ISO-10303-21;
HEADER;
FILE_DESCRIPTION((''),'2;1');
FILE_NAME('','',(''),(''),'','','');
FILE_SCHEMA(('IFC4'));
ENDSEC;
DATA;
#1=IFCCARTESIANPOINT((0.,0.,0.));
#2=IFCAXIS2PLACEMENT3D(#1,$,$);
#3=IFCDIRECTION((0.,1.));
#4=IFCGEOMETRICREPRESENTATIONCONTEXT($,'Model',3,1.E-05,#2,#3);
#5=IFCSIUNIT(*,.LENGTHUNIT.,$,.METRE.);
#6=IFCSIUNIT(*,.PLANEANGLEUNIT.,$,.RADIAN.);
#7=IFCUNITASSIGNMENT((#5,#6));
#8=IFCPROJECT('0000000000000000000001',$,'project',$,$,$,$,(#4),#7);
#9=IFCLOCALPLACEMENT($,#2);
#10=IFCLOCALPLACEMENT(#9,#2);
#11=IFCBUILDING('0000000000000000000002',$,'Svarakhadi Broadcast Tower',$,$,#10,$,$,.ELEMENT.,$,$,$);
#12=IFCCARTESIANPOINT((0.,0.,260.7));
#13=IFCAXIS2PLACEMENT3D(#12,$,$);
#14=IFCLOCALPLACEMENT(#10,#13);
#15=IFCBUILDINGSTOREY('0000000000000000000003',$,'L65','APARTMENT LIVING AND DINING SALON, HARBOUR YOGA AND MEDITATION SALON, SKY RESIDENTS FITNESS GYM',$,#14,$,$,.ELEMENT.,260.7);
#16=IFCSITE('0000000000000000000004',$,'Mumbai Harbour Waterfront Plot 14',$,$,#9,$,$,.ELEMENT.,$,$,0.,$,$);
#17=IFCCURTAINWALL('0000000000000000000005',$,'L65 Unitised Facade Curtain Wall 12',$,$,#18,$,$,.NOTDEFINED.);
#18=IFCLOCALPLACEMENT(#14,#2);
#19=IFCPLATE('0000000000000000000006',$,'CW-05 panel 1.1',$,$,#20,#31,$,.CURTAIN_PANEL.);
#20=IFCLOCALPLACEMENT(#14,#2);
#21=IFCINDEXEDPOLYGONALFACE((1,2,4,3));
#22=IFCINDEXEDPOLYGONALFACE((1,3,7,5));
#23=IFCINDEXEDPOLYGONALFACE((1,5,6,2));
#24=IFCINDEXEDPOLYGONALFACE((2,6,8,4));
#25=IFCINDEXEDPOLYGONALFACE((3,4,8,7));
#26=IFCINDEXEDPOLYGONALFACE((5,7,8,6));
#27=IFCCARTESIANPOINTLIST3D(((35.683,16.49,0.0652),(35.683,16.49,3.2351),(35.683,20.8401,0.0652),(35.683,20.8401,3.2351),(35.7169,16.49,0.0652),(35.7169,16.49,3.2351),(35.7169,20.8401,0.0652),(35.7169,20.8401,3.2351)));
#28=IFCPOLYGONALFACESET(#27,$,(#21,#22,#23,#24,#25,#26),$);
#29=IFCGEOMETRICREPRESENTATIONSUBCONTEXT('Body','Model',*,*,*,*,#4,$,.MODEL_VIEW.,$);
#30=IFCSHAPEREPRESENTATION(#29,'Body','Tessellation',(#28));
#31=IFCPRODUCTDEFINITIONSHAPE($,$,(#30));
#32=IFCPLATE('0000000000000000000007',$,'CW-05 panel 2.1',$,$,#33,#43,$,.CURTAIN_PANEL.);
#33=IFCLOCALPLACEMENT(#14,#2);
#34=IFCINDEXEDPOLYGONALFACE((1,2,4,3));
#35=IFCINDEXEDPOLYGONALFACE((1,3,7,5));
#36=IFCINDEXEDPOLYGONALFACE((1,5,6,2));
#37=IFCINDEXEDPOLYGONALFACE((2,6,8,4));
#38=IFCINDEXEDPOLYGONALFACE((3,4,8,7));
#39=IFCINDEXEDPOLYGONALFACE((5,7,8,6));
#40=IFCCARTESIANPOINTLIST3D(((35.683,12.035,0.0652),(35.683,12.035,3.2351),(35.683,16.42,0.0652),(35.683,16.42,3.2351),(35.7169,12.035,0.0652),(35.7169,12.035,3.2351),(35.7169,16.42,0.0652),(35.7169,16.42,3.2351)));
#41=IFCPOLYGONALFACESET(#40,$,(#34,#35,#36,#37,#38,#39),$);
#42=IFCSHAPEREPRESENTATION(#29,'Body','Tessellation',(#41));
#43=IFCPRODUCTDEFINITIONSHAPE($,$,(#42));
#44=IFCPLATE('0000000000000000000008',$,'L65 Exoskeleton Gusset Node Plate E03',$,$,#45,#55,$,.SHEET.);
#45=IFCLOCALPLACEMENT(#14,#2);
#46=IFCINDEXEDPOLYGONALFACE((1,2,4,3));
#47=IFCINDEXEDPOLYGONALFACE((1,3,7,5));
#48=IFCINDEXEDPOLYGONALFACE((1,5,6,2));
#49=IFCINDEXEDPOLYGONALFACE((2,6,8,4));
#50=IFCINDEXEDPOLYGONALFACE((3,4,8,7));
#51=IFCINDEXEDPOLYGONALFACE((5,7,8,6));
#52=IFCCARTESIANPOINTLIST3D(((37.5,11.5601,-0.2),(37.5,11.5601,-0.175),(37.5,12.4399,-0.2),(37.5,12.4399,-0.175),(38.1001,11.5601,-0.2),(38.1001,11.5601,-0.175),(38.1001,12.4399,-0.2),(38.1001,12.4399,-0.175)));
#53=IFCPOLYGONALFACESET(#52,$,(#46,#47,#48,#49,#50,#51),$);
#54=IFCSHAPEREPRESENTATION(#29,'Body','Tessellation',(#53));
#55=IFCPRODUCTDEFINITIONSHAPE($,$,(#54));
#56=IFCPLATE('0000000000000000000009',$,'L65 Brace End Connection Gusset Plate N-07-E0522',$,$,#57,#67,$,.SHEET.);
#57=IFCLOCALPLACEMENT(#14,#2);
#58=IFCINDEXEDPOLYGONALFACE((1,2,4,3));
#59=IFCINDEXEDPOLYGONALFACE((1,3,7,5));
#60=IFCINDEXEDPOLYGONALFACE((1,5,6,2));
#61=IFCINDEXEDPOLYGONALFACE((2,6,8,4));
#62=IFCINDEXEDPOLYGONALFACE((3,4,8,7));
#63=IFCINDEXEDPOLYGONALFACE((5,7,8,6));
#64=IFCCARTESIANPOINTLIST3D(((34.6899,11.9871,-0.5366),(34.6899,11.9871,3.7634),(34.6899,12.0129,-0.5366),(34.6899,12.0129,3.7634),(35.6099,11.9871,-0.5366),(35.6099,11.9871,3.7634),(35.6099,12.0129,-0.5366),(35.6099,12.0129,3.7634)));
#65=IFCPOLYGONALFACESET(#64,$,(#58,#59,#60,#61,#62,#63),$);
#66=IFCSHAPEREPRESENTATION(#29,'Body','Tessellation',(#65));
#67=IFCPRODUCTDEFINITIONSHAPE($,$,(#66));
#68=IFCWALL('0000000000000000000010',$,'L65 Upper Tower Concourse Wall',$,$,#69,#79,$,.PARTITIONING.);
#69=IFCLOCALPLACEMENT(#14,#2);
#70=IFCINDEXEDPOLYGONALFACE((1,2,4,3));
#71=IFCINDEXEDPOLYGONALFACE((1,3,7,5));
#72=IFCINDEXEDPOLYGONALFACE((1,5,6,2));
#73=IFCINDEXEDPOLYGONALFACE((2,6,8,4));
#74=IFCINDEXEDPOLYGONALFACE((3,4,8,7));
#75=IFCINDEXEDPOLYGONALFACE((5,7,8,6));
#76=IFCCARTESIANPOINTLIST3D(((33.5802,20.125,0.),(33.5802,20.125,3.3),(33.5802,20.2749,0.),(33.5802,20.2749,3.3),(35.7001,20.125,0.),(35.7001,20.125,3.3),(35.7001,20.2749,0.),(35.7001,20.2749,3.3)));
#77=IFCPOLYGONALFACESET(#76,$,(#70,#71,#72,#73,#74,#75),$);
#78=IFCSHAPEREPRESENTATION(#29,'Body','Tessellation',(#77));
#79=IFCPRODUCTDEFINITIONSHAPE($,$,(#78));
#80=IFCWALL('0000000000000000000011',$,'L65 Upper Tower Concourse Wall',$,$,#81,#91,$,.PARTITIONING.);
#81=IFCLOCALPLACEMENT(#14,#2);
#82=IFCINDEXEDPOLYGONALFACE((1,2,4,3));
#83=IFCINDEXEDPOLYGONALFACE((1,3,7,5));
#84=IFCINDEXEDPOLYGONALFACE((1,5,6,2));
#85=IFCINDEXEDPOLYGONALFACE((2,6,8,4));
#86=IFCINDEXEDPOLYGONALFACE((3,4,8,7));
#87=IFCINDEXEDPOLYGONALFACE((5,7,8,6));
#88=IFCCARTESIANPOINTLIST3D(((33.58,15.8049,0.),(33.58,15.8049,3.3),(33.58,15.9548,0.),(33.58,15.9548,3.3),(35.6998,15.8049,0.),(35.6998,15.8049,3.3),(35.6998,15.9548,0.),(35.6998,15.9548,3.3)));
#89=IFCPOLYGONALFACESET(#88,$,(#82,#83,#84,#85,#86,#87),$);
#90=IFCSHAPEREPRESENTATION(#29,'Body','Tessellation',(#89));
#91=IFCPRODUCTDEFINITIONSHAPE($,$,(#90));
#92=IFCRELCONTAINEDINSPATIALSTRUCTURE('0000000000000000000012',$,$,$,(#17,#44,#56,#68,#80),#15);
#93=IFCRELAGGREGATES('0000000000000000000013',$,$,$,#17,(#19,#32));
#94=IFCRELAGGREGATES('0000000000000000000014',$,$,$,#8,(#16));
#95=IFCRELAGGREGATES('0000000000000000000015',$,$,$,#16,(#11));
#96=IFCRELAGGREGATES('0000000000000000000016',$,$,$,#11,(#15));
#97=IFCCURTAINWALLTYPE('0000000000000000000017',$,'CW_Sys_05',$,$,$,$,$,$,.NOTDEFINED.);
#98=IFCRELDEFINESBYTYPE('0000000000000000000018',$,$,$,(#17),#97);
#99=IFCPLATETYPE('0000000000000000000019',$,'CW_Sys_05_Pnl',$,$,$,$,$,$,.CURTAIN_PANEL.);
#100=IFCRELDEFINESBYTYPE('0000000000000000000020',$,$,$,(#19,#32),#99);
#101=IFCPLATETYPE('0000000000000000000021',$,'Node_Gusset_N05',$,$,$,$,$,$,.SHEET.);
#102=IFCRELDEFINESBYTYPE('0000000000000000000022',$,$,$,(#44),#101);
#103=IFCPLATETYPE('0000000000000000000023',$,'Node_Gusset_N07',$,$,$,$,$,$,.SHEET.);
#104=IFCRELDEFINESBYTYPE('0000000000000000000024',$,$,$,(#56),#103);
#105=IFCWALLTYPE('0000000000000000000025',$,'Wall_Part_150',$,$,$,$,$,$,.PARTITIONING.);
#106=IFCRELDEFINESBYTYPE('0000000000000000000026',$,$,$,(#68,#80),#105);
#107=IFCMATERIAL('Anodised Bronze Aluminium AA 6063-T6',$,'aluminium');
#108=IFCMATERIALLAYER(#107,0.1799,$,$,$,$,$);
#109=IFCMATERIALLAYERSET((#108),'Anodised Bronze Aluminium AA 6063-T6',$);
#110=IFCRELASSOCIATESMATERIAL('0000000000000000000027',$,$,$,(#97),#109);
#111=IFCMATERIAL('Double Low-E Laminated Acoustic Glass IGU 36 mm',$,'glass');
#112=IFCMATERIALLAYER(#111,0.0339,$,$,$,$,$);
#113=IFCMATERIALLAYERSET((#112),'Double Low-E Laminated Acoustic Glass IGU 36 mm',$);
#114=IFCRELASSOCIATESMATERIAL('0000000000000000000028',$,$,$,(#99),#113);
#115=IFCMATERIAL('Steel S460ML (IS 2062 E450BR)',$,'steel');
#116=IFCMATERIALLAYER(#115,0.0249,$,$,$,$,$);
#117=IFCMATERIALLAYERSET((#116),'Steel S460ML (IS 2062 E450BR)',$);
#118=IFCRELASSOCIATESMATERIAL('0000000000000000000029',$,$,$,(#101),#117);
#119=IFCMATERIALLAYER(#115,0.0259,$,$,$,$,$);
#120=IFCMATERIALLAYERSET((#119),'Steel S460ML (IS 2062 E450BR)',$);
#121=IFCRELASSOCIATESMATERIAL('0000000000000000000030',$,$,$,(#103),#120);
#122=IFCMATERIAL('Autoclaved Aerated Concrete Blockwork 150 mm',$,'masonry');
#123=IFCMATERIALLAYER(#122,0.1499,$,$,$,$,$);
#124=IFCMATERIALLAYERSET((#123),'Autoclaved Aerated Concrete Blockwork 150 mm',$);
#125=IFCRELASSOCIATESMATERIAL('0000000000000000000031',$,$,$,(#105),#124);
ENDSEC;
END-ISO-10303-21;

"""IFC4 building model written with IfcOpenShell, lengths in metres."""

from ifc_helpers import new_model, si_unit, direction, frame, frame_2d, origin, origin_2d, place, context, subcontext, project, spatial, rectangle, extrude, material, layer, layer_set, type_object, element, aggregate, save


model = new_model("IFC4")

# Units and contexts
model_context = context("Model", 3, precision=1e-05, world=origin(), true_north=direction((0.0, 1.0)))
body_context = subcontext(model_context, "Body", "Model", "MODEL_VIEW")
ifc_project = project(units=[si_unit("LENGTHUNIT", "METRE"), si_unit("PLANEANGLEUNIT", "RADIAN")], contexts=[model_context])

# Site, building, storey
site_placement = place(None, origin())
site = spatial("IfcSite", under=ifc_project, at=site_placement, Name="Mumbai Harbour Waterfront Plot 14", CompositionType="ELEMENT", RefElevation=0.0)
building_placement = place(site_placement, origin())
building = spatial("IfcBuilding", under=site, at=building_placement, Name="Svarakhadi Broadcast Tower", CompositionType="ELEMENT")
storey_placement = place(building_placement, frame((0.0, 0.0, 260.7)))
storey = spatial("IfcBuildingStorey", under=building, at=storey_placement, Name="L65", Description="APARTMENT LIVING AND DINING SALON, HARBOUR YOGA AND MEDITATION SALON, SKY RESIDENTS FITNESS GYM", CompositionType="ELEMENT", Elevation=260.7)

# Shared definitions
ifc_material_1 = material(Name="Steel S460ML (IS 2062 E450BR)", Category="steel")

# Shared definitions
ifc_material_2 = material(Name="Anodised Bronze Aluminium AA 6063-T6", Category="aluminium")
ifc_layer_1 = layer(ifc_material_2, 0.1799)
ifc_layer_set_1 = layer_set([ifc_layer_1], Name="Anodised Bronze Aluminium AA 6063-T6")
curtain_wall_type = type_object("IfcCurtainWallType", Name="CW_Sys_05", PredefinedType="NOTDEFINED", material=ifc_layer_set_1)

# Curtain wall
curtain_wall_1_placement = place(storey_placement, origin())
curtain_wall_1 = element("IfcCurtainWall", 1, at=curtain_wall_1_placement, inside=storey, type_object=curtain_wall_type, Name="L65 Unitised Facade Curtain Wall 12", PredefinedType="NOTDEFINED")

# Plates
ifc_material_3 = material(Name="Double Low-E Laminated Acoustic Glass IGU 36 mm", Category="glass")
ifc_layer_2 = layer(ifc_material_3, 0.0339)
ifc_layer_set_2 = layer_set([ifc_layer_2], Name="Double Low-E Laminated Acoustic Glass IGU 36 mm")
plate_type_1 = type_object("IfcPlateType", Name="CW_Sys_05_Pnl", PredefinedType="CURTAIN_PANEL", material=ifc_layer_set_2)
plate_1_placement = place(storey_placement, frame((35.7, 18.665, 0.0652), z_axis=(0.0, 0.0, 1.0), x_axis=(0.0, -1.0, 0.0)))
plate_1 = element("IfcPlate", 2, at=plate_1_placement, type_object=plate_type_1, Name="CW-05 panel 1.1", PredefinedType="CURTAIN_PANEL", context=body_context, shape_type="SweptSolid", body=[
    extrude(rectangle(XDim=4.3501, YDim=0.0339, at=origin_2d()), origin(), (0.0, 0.0, 1.0), 3.1699),
])
plate_2_placement = place(storey_placement, frame((35.7, 14.2275, 0.0652), z_axis=(0.0, 0.0, 1.0), x_axis=(0.0, -1.0, 0.0)))
plate_2 = element("IfcPlate", 3, at=plate_2_placement, type_object=plate_type_1, Name="CW-05 panel 2.1", PredefinedType="CURTAIN_PANEL", context=body_context, shape_type="SweptSolid", body=[
    extrude(rectangle(XDim=4.385, YDim=0.0339, at=origin_2d()), origin(), (0.0, 0.0, 1.0), 3.1699),
])
aggregate(curtain_wall_1, [plate_1, plate_2])

# Plates
ifc_layer_3 = layer(ifc_material_1, 0.0249)
ifc_layer_set_3 = layer_set([ifc_layer_3], Name="Steel S460ML (IS 2062 E450BR)")
plate_type_2 = type_object("IfcPlateType", Name="Node_Gusset_N05", PredefinedType="SHEET", material=ifc_layer_set_3)
plate_3_placement = place(storey_placement, frame((37.8, 12.0, -0.2), z_axis=(0.0, 0.0, 1.0), x_axis=(0.0, 1.0, 0.0)))
element("IfcPlate", 4, at=plate_3_placement, inside=storey, type_object=plate_type_2, Name="L65 Exoskeleton Gusset Node Plate E03", PredefinedType="SHEET", context=body_context, shape_type="SweptSolid", body=[
    extrude(rectangle(XDim=0.8799, YDim=0.6001, at=origin_2d()), origin(), (0.0, 0.0, 1.0), 0.0249),
])
ifc_layer_4 = layer(ifc_material_1, 0.0259)
ifc_layer_set_4 = layer_set([ifc_layer_4], Name="Steel S460ML (IS 2062 E450BR)")
plate_type_3 = type_object("IfcPlateType", Name="Node_Gusset_N07", PredefinedType="SHEET", material=ifc_layer_set_4)
plate_4_placement = place(storey_placement, frame((35.1499, 12.0, -0.5366), z_axis=(0.0, 0.0, 1.0), x_axis=(1.0, 0.0, 0.0)))
element("IfcPlate", 5, at=plate_4_placement, inside=storey, type_object=plate_type_3, Name="L65 Brace End Connection Gusset Plate N-07-E0522", PredefinedType="SHEET", context=body_context, shape_type="SweptSolid", body=[
    extrude(rectangle(XDim=0.9199, YDim=0.0259, at=origin_2d()), origin(), (0.0, 0.0, 1.0), 4.3),
])

# Walls
ifc_material_4 = material(Name="Autoclaved Aerated Concrete Blockwork 150 mm", Category="masonry")
ifc_layer_5 = layer(ifc_material_4, 0.1499)
ifc_layer_set_5 = layer_set([ifc_layer_5], Name="Autoclaved Aerated Concrete Blockwork 150 mm")
wall_type = type_object("IfcWallType", Name="Wall_Part_150", PredefinedType="PARTITIONING", material=ifc_layer_set_5)
for number, where, z_axis, x_axis, name in (
    (6, (33.5801, 20.2, 0.0), (0.0, 0.0, 1.0), (1.0, 0.0, 0.0), "L65 Upper Tower Concourse Wall"),
    (7, (35.7, 15.8799, 0.0), (0.0, 0.0, 1.0), (-1.0, 0.0, 0.0), "L65 Upper Tower Concourse Wall"),
):
    element("IfcWall", number, at=place(storey_placement, frame(where, z_axis=z_axis, x_axis=x_axis)), inside=storey, type_object=wall_type, Name=name, PredefinedType="PARTITIONING", context=body_context, shape_type="SweptSolid", body=[
        extrude(rectangle(XDim=2.1199, YDim=0.1499, at=frame_2d((1.0601, 0.0))), origin(), (0.0, 0.0, 1.0), 3.3),
    ])

save(model, "model.ifc")
